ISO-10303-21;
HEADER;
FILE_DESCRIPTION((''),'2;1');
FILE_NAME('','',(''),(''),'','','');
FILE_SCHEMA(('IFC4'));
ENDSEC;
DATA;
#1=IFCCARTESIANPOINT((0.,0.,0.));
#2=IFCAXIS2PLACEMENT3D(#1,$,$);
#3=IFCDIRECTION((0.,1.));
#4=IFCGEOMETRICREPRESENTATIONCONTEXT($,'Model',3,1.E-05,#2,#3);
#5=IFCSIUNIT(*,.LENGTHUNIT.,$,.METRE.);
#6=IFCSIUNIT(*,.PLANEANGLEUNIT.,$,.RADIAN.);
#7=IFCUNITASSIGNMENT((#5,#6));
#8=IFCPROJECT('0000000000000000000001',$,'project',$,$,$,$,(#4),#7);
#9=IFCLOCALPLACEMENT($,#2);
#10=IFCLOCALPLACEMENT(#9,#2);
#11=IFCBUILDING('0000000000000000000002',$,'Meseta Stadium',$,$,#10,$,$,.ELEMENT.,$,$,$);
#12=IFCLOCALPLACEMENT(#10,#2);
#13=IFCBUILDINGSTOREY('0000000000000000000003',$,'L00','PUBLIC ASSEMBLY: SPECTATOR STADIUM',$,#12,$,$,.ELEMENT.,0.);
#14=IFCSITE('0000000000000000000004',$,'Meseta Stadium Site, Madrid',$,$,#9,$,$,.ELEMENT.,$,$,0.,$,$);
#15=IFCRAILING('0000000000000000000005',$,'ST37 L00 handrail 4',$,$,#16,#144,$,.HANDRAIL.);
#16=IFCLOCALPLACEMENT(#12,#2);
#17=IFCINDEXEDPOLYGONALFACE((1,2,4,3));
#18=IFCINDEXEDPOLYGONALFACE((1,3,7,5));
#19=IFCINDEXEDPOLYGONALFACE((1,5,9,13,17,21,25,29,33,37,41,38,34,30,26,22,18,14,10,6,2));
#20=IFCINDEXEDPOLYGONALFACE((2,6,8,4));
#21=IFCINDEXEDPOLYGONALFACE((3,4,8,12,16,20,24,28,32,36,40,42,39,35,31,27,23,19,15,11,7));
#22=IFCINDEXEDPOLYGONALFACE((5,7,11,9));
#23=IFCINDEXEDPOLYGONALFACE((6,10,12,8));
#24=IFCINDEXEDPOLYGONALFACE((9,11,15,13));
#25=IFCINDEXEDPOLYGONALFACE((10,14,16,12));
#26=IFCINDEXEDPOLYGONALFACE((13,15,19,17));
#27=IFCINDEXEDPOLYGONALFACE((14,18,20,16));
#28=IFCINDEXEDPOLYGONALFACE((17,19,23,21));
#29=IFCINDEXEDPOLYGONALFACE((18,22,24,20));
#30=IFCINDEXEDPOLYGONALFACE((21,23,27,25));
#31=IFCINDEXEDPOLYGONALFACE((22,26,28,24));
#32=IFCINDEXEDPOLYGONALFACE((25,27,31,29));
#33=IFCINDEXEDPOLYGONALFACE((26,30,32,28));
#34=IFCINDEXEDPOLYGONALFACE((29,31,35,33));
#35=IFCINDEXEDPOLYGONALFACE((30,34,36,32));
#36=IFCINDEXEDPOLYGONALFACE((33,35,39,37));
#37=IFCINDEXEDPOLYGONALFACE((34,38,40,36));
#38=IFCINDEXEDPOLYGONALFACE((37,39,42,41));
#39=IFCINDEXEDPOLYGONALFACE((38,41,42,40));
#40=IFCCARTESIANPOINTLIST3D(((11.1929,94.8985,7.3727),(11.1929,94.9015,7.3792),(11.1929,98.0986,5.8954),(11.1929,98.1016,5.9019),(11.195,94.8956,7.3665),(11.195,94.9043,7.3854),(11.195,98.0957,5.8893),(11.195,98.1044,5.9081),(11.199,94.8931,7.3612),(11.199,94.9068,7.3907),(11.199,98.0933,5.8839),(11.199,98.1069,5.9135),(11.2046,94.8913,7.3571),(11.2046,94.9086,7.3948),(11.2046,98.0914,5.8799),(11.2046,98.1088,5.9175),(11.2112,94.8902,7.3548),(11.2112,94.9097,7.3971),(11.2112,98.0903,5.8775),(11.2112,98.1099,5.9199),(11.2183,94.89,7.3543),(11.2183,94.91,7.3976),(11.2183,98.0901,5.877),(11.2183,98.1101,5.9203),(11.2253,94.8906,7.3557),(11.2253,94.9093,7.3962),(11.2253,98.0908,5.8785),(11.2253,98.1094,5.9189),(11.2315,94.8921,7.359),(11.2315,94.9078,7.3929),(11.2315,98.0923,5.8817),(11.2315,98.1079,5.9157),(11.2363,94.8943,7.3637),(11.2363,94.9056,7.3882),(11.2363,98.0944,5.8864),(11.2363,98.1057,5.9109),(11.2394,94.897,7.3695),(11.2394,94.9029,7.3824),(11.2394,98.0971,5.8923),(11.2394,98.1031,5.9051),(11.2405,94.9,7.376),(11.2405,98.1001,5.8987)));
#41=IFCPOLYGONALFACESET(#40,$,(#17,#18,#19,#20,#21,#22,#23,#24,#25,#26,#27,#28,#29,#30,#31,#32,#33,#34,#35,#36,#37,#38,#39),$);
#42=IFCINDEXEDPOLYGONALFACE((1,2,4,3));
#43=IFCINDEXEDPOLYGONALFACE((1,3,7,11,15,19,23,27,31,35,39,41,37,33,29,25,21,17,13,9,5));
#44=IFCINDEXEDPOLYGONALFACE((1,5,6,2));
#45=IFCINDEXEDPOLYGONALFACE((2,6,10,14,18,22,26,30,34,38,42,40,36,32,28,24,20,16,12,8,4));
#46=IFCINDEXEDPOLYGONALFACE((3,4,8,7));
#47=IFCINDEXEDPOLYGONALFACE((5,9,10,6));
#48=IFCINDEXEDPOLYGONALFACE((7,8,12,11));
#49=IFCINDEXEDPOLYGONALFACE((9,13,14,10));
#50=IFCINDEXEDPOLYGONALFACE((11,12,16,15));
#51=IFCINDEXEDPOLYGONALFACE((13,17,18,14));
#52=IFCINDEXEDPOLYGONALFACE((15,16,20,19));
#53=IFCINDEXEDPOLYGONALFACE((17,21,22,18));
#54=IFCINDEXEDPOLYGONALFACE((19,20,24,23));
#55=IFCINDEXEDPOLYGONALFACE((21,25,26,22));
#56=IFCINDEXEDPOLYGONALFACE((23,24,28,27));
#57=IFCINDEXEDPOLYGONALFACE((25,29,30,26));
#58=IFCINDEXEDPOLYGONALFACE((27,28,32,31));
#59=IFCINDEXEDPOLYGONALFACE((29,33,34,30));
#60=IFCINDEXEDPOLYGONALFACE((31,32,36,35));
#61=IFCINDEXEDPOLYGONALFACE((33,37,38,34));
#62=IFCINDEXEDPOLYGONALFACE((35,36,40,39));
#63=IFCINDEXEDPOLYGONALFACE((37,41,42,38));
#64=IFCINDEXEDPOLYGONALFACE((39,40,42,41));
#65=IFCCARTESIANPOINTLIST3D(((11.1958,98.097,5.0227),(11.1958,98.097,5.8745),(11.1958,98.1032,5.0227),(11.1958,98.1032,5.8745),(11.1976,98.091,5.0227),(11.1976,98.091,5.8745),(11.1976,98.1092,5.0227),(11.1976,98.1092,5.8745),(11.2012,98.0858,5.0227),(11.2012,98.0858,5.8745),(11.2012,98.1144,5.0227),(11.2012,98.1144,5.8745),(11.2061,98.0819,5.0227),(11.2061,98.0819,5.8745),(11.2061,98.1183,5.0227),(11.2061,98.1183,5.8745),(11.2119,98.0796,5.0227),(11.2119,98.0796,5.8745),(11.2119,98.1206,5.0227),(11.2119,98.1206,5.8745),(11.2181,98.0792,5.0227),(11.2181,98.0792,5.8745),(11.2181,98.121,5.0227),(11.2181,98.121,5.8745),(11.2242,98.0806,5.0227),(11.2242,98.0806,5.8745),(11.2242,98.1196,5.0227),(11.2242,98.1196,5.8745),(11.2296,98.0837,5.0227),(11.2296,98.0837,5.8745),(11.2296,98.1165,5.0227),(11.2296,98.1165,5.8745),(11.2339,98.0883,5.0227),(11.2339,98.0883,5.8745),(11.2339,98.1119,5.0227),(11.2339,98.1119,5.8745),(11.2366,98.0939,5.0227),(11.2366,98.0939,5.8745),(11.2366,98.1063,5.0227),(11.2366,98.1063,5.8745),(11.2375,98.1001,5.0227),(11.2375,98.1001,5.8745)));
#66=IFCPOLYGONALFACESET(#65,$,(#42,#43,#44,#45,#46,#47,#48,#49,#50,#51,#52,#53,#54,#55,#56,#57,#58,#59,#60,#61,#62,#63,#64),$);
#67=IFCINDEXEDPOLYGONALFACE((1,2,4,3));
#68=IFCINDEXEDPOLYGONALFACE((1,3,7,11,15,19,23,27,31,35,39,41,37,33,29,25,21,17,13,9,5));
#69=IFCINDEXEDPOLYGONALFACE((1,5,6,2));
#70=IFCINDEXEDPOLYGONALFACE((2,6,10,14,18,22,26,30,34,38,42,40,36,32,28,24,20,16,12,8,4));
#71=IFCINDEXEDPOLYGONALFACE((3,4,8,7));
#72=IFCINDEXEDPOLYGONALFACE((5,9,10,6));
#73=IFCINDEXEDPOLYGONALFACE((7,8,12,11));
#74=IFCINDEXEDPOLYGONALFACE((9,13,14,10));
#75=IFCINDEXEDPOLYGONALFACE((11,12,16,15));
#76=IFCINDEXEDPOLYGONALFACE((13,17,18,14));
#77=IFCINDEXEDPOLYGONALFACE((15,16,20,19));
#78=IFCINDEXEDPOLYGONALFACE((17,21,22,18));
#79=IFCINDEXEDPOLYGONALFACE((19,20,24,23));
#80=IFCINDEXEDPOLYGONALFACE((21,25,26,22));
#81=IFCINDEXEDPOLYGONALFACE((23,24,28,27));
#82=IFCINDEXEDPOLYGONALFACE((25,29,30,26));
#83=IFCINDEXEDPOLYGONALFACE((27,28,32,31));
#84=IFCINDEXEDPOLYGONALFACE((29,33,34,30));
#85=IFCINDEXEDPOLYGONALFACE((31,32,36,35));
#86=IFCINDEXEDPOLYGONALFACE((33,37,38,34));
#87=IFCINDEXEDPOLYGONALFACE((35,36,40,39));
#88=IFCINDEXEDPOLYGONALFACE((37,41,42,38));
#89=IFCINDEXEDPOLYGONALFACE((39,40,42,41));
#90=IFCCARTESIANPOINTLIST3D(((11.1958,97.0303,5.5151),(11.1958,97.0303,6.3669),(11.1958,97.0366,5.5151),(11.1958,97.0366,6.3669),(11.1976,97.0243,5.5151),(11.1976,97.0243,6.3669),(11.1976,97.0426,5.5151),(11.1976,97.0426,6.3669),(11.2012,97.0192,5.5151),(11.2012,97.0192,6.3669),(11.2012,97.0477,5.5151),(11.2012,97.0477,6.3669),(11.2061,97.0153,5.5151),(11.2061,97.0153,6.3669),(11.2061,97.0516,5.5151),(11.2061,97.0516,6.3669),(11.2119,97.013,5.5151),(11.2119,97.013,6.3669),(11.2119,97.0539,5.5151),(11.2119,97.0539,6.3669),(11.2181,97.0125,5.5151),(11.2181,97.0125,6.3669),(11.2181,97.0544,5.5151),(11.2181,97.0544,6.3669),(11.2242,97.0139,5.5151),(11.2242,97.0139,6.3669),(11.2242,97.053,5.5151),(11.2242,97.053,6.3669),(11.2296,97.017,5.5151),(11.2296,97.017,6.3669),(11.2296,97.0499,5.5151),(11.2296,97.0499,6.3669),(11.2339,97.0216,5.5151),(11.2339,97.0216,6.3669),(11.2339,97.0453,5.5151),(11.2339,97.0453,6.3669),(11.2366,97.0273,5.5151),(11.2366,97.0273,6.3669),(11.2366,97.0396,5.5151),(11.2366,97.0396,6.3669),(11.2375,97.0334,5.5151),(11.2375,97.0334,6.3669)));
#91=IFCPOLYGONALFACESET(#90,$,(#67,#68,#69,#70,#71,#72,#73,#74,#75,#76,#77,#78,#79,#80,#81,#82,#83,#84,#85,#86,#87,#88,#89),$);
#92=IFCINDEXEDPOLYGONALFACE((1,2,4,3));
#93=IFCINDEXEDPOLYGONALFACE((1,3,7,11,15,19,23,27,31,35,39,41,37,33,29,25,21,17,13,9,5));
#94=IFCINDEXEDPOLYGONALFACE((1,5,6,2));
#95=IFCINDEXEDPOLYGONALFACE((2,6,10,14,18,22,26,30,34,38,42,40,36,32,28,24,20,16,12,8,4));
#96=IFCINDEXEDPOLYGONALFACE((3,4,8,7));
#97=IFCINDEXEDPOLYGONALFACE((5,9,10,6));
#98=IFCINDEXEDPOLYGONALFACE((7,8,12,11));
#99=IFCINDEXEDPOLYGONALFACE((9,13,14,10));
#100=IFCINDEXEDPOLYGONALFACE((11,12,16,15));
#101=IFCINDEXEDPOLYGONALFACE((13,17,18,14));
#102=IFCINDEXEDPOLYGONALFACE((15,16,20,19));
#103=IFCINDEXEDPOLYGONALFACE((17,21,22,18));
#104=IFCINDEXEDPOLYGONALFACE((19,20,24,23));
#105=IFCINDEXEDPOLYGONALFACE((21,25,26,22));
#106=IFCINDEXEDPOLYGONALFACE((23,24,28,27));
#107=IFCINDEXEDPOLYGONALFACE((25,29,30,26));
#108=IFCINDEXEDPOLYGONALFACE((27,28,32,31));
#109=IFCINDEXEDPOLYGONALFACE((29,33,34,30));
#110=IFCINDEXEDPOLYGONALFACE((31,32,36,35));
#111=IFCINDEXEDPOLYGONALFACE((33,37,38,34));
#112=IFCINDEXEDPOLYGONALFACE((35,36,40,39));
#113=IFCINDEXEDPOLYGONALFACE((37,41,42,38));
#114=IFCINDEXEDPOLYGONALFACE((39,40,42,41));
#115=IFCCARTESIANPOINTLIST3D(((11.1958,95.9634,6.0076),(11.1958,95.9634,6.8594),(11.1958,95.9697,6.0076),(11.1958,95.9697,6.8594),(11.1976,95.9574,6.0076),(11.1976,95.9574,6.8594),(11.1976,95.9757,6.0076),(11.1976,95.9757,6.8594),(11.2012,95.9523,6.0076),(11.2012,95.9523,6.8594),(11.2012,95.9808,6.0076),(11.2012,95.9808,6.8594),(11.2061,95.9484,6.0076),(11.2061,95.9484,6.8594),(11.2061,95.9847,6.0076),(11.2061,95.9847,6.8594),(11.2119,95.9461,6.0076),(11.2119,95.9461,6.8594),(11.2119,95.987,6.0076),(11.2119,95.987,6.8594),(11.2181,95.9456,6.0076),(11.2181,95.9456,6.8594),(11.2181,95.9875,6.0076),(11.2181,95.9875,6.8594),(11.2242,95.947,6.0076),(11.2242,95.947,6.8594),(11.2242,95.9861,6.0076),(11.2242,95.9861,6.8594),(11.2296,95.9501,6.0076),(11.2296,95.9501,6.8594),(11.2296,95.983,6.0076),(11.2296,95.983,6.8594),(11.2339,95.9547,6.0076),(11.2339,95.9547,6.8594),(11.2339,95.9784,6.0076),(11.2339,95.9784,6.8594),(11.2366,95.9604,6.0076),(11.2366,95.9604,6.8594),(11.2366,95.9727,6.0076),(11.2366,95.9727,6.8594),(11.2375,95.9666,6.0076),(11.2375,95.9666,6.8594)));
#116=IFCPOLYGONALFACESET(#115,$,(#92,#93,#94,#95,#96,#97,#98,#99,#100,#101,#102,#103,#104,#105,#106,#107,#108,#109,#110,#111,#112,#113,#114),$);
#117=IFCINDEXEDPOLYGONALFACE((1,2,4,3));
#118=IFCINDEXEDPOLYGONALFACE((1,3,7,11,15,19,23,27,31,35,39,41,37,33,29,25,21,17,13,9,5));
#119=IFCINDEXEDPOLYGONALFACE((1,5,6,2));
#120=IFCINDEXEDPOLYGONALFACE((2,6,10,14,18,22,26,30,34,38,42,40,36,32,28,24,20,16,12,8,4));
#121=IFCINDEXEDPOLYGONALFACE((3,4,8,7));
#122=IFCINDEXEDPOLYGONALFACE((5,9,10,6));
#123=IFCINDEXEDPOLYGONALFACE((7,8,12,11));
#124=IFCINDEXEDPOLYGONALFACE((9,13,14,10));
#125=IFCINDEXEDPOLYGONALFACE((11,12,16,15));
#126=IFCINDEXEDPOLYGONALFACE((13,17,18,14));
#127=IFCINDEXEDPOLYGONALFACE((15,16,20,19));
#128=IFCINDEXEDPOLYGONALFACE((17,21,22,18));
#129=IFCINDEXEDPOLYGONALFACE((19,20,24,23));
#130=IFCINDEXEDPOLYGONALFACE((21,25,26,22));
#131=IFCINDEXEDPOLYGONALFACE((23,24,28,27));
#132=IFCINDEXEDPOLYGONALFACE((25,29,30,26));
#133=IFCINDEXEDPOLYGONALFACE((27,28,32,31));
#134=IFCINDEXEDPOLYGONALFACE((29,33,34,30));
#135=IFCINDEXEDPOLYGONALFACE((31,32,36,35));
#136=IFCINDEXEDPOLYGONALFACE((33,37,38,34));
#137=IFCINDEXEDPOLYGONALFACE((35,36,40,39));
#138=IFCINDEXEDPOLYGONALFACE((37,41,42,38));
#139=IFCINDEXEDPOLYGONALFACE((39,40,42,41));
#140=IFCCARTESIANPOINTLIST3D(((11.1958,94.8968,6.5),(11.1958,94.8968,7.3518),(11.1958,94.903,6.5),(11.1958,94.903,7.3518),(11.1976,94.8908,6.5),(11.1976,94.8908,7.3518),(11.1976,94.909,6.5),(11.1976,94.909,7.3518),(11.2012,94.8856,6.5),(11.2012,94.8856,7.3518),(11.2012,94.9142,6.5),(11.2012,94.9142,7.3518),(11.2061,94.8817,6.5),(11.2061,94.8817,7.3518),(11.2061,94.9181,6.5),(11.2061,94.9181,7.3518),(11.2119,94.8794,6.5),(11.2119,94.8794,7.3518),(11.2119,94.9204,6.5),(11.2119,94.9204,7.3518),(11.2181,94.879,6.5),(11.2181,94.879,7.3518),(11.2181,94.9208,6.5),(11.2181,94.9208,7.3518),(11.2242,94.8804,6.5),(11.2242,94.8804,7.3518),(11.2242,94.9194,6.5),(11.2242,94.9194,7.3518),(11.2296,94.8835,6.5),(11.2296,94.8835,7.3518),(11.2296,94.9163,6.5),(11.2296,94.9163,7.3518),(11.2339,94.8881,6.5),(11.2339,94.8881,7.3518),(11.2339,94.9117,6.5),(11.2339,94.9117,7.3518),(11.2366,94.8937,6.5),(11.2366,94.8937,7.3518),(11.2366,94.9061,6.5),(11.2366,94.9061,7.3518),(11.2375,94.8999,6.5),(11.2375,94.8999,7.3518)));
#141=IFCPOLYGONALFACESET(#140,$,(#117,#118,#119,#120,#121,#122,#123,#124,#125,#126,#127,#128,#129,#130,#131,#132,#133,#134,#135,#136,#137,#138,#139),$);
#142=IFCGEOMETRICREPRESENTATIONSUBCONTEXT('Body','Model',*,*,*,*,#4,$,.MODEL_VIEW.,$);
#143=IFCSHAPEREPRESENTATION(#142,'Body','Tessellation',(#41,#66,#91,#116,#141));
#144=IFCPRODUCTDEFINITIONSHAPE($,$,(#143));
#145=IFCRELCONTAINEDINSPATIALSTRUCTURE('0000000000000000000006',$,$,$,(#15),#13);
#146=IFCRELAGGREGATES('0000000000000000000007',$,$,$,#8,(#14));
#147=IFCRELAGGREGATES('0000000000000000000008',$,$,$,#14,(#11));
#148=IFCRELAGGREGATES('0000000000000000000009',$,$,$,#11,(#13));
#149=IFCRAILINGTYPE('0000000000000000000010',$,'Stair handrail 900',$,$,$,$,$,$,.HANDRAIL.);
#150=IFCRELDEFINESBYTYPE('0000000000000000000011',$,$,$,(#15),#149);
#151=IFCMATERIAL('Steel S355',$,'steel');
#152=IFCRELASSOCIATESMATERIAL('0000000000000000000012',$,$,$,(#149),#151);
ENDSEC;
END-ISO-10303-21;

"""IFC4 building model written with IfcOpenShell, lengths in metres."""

from ifc_helpers import new_model, si_unit, direction, frame, origin, origin_2d, place, context, subcontext, project, spatial, circle, extrude, material, type_object, element, save


model = new_model("IFC4")

# Units and contexts
model_context = context("Model", 3, precision=1e-05, world=origin(), true_north=direction((0.0, 1.0)))
body_context = subcontext(model_context, "Body", "Model", "MODEL_VIEW")
ifc_project = project(units=[si_unit("LENGTHUNIT", "METRE"), si_unit("PLANEANGLEUNIT", "RADIAN")], contexts=[model_context])

# Site, building, storey
site_placement = place(None, origin())
site = spatial("IfcSite", under=ifc_project, at=site_placement, Name="Meseta Stadium Site, Madrid", CompositionType="ELEMENT", RefElevation=0.0)
building_placement = place(site_placement, origin())
building = spatial("IfcBuilding", under=site, at=building_placement, Name="Meseta Stadium", CompositionType="ELEMENT")
storey_placement = place(building_placement, origin())
storey = spatial("IfcBuildingStorey", under=building, at=storey_placement, Name="L00", Description="PUBLIC ASSEMBLY: SPECTATOR STADIUM", CompositionType="ELEMENT", Elevation=0.0)

# Railing
ifc_material_1 = material(Name="Steel S355", Category="steel")
railing_type_1 = type_object("IfcRailingType", Name="Stair handrail 900", PredefinedType="HANDRAIL", material=ifc_material_1)
railing_1_placement = place(storey_placement, frame((11.2166, 98.1001, 5.0227)))
element("IfcRailing", 1, at=railing_1_placement, inside=storey, type_object=railing_type_1, Name="ST37 L00 handrail 4", PredefinedType="HANDRAIL", context=body_context, shape_type="SweptSolid", body=[
    extrude(circle(Radius=0.0239, at=origin_2d()), frame((0.0, 0.0, 0.876), z_axis=(0.0, -0.907929, 0.419124), x_axis=(1.0, 0.0, 0.0)), (0.0, 0.0, 1.0), 3.5247),
    extrude(circle(Radius=0.021, at=origin_2d()), origin(), (0.0, 0.0, 1.0), 0.8518),
    extrude(circle(Radius=0.021, at=origin_2d()), frame((0.0, -1.0667, 0.4924)), (0.0, 0.0, 1.0), 0.8518),
    extrude(circle(Radius=0.021, at=origin_2d()), frame((0.0, -2.1335, 0.9849)), (0.0, 0.0, 1.0), 0.8518),
    extrude(circle(Radius=0.021, at=origin_2d()), frame((0.0, -3.2002, 1.4773)), (0.0, 0.0, 1.0), 0.8518),
])

save(model, "model.ifc")
